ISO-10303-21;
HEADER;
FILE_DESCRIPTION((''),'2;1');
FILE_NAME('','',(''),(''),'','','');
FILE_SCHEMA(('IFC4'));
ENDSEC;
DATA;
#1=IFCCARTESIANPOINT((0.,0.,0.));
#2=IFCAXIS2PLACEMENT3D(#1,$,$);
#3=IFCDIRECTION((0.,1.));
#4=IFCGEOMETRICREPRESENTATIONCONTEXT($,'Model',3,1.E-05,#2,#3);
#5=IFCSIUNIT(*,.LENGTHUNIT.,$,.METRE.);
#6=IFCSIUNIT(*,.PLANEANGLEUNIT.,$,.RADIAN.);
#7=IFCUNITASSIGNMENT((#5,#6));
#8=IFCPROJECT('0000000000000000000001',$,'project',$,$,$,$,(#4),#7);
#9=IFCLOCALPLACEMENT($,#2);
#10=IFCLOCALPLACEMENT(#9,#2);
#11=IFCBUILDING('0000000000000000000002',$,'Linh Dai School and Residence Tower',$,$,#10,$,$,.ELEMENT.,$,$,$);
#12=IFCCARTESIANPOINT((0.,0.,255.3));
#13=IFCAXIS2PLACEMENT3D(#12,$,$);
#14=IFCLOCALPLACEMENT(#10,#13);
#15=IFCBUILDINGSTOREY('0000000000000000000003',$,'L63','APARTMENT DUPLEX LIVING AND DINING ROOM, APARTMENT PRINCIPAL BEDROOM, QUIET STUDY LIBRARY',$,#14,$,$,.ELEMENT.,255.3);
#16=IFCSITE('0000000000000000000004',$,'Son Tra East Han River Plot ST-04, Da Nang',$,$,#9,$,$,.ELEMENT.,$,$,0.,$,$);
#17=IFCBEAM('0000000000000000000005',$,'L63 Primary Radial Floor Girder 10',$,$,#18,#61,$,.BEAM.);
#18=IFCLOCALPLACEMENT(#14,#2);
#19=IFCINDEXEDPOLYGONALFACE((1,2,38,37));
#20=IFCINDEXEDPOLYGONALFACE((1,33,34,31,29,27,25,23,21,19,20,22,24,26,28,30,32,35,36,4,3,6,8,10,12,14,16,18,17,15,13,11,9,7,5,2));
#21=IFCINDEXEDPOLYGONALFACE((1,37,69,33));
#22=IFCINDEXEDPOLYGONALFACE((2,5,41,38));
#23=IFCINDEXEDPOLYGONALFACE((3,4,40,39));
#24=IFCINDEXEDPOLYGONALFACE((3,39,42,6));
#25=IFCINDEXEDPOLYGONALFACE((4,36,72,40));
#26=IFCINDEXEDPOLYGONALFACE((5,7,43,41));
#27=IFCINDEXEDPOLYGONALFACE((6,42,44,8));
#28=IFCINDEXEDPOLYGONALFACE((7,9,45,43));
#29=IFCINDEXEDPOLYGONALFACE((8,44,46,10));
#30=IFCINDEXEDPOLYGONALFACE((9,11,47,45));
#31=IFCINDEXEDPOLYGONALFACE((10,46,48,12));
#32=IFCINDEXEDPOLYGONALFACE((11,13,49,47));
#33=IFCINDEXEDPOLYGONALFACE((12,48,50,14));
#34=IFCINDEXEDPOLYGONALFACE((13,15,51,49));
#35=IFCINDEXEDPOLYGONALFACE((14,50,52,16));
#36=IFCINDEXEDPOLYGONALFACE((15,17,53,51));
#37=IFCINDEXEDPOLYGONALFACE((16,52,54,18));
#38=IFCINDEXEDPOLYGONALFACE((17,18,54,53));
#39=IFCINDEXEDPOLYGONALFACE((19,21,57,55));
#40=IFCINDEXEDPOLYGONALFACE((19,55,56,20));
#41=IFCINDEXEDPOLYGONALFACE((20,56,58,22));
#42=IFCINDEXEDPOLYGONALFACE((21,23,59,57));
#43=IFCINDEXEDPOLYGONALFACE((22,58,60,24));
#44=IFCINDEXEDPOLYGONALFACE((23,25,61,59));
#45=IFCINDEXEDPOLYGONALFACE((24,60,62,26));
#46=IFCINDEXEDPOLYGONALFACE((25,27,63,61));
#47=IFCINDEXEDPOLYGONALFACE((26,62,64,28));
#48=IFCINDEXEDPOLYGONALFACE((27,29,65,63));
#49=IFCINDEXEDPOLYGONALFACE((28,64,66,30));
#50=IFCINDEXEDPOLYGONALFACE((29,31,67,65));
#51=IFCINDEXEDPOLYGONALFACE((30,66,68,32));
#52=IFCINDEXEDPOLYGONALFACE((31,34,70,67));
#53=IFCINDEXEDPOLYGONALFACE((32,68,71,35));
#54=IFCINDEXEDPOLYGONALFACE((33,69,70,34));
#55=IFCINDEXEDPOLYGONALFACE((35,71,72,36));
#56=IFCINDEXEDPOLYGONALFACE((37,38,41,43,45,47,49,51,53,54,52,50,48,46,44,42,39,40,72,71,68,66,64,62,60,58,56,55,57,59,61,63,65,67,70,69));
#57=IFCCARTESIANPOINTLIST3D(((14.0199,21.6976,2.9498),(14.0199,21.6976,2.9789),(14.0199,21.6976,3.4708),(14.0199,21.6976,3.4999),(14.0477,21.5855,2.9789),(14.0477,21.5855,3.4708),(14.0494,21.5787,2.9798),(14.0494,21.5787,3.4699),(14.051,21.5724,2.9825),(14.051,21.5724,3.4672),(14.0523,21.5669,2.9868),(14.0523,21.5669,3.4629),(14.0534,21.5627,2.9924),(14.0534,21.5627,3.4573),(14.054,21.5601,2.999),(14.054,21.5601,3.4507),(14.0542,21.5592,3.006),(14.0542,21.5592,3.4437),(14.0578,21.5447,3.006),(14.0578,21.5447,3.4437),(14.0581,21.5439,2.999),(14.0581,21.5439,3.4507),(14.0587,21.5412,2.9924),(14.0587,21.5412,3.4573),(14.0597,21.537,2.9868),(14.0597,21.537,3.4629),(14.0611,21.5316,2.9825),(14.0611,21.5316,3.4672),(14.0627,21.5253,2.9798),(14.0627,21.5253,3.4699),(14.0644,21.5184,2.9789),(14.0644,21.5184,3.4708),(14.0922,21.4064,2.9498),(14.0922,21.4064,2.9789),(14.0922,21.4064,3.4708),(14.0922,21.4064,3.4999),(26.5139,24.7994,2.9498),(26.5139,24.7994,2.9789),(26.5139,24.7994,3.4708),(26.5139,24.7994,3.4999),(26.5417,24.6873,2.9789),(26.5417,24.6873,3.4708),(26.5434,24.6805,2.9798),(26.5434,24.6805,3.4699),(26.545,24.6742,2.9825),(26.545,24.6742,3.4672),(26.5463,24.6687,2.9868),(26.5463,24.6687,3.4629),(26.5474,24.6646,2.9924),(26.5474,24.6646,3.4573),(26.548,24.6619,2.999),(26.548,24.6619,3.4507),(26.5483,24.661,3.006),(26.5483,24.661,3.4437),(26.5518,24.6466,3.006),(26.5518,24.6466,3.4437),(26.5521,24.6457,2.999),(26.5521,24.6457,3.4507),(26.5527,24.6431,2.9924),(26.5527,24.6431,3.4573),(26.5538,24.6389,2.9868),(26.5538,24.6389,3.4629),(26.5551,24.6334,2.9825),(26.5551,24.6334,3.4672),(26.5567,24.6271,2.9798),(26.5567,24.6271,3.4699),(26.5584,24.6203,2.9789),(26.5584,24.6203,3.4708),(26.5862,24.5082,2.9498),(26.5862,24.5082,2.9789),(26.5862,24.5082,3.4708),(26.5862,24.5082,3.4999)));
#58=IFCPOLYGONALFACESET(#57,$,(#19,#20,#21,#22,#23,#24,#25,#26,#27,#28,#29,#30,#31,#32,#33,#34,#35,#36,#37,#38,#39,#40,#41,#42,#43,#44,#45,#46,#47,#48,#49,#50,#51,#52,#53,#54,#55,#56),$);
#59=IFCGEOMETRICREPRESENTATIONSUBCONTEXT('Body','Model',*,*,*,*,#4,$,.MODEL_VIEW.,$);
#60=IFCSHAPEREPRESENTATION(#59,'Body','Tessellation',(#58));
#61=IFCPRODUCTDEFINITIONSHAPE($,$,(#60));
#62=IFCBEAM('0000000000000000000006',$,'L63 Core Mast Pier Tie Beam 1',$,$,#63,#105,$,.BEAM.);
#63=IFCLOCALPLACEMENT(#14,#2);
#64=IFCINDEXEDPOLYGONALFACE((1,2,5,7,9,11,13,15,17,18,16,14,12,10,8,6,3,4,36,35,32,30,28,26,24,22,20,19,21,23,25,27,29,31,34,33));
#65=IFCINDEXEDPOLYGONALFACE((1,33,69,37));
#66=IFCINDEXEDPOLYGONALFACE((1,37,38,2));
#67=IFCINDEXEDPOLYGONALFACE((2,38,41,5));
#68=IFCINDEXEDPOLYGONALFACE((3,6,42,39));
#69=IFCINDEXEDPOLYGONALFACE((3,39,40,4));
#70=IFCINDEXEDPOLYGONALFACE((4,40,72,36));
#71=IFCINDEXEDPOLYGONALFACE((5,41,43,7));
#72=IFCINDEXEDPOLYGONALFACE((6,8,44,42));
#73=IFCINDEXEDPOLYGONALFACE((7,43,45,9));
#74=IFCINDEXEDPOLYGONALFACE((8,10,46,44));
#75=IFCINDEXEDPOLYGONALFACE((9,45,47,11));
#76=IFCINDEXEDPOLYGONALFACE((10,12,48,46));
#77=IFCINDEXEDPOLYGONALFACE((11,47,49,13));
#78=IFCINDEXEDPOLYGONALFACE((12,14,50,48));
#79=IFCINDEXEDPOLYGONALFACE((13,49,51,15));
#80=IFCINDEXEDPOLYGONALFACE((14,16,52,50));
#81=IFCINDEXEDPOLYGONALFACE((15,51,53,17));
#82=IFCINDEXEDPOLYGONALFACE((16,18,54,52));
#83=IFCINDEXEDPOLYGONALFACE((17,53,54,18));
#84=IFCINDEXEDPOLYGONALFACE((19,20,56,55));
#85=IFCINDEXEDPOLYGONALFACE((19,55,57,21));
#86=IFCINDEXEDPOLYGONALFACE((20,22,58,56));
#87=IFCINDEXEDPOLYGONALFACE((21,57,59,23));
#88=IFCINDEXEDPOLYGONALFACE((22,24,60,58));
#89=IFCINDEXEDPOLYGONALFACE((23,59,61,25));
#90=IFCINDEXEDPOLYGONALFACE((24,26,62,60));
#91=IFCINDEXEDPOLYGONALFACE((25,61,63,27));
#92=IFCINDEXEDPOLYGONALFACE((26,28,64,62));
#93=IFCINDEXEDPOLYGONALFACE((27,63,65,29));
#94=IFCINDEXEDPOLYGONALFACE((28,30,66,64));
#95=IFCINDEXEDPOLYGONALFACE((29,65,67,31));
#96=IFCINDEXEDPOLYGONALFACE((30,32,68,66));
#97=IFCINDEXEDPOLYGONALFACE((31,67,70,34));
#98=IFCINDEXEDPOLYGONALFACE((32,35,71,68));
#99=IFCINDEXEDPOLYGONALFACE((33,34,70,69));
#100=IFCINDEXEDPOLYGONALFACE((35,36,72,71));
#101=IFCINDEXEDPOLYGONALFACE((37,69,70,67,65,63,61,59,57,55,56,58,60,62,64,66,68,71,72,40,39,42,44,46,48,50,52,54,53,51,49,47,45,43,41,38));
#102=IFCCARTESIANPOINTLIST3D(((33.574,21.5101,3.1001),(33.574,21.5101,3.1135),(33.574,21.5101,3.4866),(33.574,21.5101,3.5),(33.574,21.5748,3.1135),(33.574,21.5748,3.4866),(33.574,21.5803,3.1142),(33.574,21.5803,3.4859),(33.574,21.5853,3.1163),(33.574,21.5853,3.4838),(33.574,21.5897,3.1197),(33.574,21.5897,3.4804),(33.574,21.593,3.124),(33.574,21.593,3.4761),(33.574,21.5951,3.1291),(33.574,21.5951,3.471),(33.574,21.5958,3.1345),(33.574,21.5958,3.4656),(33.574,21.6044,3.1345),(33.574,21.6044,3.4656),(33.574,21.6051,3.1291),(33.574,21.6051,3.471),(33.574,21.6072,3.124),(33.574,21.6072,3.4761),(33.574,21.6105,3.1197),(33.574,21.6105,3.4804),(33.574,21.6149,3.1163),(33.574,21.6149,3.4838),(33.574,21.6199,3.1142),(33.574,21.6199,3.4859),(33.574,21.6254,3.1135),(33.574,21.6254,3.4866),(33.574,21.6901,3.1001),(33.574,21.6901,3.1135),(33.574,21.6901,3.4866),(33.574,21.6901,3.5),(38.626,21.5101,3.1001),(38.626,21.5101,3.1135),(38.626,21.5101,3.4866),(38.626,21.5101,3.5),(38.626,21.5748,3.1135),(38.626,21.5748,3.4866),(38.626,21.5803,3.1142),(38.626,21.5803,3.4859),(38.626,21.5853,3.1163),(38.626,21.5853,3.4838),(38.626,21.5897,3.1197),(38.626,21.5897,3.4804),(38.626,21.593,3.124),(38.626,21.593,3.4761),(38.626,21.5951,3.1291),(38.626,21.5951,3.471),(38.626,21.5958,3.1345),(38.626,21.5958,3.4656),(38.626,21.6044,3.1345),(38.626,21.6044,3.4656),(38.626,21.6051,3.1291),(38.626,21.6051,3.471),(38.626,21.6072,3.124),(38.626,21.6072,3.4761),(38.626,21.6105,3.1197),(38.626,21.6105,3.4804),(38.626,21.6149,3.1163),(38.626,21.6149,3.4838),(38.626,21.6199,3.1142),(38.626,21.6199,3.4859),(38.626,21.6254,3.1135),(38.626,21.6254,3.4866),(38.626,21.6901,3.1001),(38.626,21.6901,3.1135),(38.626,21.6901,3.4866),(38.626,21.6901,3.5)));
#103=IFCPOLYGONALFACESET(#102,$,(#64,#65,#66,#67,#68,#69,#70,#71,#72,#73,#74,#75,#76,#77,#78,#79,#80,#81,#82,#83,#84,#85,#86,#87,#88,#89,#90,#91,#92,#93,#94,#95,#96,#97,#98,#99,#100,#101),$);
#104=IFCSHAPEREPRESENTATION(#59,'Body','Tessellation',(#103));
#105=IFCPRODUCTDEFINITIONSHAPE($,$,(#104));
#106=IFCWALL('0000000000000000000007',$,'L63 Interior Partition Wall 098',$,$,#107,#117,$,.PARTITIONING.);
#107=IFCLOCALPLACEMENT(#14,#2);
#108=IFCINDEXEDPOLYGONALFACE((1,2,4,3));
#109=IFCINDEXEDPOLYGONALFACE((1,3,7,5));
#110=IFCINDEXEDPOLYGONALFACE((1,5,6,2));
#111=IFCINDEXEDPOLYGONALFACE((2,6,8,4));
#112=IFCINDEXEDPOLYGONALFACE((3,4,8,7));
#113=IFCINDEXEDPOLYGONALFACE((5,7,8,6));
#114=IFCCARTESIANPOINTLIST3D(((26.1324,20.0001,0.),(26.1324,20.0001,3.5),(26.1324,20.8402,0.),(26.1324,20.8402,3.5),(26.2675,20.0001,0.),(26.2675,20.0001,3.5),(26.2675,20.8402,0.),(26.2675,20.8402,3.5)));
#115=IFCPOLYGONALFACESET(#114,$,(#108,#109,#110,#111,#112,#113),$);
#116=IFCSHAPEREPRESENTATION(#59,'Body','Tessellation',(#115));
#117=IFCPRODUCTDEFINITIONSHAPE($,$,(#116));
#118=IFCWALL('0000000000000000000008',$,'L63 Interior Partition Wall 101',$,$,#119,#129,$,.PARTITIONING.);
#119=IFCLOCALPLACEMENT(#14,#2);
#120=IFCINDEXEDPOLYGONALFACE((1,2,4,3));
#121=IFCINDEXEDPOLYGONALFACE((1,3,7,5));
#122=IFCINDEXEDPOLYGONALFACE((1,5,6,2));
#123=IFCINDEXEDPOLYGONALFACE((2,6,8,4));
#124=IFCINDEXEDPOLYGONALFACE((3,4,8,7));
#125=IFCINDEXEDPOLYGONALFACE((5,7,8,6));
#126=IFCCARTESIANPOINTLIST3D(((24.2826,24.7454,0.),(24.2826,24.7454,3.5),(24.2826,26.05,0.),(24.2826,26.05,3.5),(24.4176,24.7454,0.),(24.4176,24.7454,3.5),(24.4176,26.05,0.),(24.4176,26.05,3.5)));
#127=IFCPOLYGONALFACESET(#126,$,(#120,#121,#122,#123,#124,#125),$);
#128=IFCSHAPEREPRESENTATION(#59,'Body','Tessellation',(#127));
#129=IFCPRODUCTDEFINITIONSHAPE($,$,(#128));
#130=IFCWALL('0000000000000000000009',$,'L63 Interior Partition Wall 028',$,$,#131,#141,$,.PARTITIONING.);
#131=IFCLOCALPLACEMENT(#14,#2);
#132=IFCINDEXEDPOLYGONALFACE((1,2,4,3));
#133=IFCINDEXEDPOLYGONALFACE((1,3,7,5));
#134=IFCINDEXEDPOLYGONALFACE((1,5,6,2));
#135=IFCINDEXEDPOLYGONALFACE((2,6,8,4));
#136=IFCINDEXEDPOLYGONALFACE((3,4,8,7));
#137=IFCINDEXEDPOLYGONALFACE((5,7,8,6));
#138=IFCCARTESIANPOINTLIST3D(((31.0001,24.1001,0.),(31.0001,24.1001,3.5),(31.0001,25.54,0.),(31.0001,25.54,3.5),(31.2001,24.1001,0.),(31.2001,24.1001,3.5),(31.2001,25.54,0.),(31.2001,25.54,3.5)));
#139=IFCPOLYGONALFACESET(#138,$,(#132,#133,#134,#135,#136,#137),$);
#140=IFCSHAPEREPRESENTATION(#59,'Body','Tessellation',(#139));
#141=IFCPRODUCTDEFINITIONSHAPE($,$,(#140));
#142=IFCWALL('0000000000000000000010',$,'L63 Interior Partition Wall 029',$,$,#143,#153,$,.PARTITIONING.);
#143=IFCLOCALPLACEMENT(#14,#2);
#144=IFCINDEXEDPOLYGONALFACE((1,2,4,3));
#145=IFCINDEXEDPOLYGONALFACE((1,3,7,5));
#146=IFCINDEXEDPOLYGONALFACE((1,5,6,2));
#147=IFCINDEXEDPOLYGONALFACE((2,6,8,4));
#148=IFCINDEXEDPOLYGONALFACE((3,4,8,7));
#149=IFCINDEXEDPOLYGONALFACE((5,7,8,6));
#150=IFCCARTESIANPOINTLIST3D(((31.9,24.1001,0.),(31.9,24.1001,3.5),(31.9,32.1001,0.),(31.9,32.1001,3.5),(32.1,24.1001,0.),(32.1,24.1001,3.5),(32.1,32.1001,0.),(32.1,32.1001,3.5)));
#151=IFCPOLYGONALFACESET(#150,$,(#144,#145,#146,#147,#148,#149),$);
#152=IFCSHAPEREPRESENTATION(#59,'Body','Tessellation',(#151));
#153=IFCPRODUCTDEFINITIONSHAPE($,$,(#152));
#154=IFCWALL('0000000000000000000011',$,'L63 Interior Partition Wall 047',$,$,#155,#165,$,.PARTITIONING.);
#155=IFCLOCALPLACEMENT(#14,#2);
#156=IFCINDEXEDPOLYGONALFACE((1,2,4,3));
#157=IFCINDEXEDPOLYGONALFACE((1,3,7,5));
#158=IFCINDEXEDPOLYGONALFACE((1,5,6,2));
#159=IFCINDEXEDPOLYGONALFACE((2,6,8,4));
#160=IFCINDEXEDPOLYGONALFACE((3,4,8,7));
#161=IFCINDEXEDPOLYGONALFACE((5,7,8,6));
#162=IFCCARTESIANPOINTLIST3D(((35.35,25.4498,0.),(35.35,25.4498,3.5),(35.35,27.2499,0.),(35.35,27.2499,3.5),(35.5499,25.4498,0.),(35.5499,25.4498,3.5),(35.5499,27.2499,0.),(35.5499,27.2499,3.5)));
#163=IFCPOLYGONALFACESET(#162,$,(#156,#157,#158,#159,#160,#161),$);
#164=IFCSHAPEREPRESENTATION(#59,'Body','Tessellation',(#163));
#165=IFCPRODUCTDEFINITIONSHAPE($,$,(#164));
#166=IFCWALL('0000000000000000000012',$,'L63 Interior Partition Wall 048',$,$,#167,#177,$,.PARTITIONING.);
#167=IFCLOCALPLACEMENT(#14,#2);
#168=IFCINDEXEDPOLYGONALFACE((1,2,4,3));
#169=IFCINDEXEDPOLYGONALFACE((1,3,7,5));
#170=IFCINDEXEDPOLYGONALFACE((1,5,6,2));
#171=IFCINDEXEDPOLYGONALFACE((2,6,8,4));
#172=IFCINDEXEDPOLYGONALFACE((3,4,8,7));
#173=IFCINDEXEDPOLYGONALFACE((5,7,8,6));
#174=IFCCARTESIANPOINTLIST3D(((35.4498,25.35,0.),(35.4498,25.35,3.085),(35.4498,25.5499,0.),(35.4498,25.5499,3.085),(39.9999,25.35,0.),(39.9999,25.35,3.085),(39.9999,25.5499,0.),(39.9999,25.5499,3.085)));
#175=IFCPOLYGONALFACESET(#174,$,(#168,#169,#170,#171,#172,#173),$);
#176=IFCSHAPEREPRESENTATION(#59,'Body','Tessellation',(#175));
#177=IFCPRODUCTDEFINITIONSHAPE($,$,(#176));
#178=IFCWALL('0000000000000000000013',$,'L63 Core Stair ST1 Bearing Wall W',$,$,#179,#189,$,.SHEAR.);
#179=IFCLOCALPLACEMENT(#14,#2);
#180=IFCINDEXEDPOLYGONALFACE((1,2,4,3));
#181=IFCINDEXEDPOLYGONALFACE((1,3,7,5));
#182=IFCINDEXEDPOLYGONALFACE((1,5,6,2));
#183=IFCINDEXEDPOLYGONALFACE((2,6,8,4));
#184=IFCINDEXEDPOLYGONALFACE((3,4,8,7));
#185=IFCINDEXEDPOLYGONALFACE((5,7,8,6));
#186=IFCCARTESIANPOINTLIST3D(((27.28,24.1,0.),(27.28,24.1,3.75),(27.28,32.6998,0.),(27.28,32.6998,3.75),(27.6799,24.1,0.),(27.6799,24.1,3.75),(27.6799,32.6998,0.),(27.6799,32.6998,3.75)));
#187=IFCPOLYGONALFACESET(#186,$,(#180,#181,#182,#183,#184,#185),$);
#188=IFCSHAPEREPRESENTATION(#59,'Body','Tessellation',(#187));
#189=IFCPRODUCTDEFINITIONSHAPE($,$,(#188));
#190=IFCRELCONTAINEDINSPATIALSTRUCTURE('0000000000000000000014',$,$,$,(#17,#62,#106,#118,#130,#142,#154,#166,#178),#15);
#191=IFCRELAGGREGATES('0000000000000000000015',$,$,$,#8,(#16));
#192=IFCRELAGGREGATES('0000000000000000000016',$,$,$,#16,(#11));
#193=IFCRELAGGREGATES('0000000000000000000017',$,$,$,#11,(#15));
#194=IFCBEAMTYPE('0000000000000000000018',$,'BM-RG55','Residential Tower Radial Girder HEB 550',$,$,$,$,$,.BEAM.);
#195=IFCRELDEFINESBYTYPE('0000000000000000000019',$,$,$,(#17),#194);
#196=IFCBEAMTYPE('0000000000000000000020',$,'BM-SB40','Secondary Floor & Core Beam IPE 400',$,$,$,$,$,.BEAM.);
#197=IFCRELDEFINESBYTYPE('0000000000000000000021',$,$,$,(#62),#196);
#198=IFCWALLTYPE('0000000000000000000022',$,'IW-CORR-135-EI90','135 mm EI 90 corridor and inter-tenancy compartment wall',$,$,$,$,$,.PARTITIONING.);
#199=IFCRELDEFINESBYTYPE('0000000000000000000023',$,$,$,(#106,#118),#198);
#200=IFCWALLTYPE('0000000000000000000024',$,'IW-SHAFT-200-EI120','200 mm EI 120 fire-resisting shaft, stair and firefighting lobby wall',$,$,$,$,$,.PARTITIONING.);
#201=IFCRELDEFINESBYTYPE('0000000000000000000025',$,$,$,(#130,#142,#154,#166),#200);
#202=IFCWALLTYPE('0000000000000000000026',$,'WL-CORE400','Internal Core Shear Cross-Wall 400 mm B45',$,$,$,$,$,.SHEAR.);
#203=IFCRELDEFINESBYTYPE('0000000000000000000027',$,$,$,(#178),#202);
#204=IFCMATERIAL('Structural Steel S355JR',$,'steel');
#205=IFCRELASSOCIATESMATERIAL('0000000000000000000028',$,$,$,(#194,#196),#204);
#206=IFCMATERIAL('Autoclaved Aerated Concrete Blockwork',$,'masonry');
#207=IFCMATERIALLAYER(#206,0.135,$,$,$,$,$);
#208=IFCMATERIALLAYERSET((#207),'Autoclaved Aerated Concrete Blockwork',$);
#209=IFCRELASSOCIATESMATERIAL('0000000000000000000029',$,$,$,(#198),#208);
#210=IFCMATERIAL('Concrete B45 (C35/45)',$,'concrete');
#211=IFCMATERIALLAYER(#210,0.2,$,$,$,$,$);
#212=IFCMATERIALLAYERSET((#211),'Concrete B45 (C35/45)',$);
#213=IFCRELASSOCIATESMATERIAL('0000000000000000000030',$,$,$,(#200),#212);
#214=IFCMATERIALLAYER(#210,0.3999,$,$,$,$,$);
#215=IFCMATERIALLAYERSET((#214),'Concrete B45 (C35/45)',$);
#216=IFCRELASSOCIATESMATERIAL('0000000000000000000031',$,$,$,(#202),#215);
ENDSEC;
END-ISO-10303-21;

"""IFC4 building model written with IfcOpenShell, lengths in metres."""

from ifc_helpers import new_model, si_unit, direction, frame, frame_2d, origin, origin_2d, place, context, subcontext, project, spatial, rectangle, i_section, extrude, material, layer, layer_set, material_profile, profile_set, type_object, element, save


model = new_model("IFC4")

# Units and contexts
model_context = context("Model", 3, precision=1e-05, world=origin(), true_north=direction((0.0, 1.0)))
body_context = subcontext(model_context, "Body", "Model", "MODEL_VIEW")
ifc_project = project(units=[si_unit("LENGTHUNIT", "METRE"), si_unit("PLANEANGLEUNIT", "RADIAN")], contexts=[model_context])

# Site, building, storey
site_placement = place(None, origin())
site = spatial("IfcSite", under=ifc_project, at=site_placement, Name="Son Tra East Han River Plot ST-04, Da Nang", CompositionType="ELEMENT", RefElevation=0.0)
building_placement = place(site_placement, origin())
building = spatial("IfcBuilding", under=site, at=building_placement, Name="Linh Dai School and Residence Tower", CompositionType="ELEMENT")
storey_placement = place(building_placement, frame((0.0, 0.0, 255.3)))
storey = spatial("IfcBuildingStorey", under=building, at=storey_placement, Name="L63", Description="APARTMENT DUPLEX LIVING AND DINING ROOM, APARTMENT PRINCIPAL BEDROOM, QUIET STUDY LIBRARY", CompositionType="ELEMENT", Elevation=255.3)

# Shared definitions
ifc_material_1 = material(Name="Structural Steel S355JR", Category="steel")

# Beams
ifc_material_profile_1 = material_profile(ifc_material_1, i_section(OverallWidth=0.3, OverallDepth=0.55, WebThickness=0.0149, FlangeThickness=0.0291, FilletRadius=0.0271, at=origin_2d()), Name="HEB 550")
ifc_profile_set_1 = profile_set([ifc_material_profile_1], Name="Structural Steel S355JR")
beam_type_1 = type_object("IfcBeamType", Name="BM-RG55", Description="Residential Tower Radial Girder HEB 550", PredefinedType="BEAM", material=ifc_profile_set_1)
beam_1_placement = place(storey_placement, frame((26.55, 24.6538, 3.2249), z_axis=(-0.970537, -0.240951, 0.0), x_axis=(0.240951, -0.970537, 0.0)))
element("IfcBeam", 1, at=beam_1_placement, inside=storey, type_object=beam_type_1, Name="L63 Primary Radial Floor Girder 10", PredefinedType="BEAM", context=body_context, shape_type="SweptSolid", body=[
    extrude(i_section(OverallWidth=0.3, OverallDepth=0.55, WebThickness=0.0149, FlangeThickness=0.0291, FilletRadius=0.0271, at=origin_2d()), origin(), (0.0, 0.0, 1.0), 12.8733),
])
ifc_material_profile_2 = material_profile(ifc_material_1, i_section(OverallWidth=0.1799, OverallDepth=0.3999, WebThickness=0.0085, FlangeThickness=0.0134, FilletRadius=0.021, at=origin_2d()), Name="IPE 400")
ifc_profile_set_2 = profile_set([ifc_material_profile_2], Name="Structural Steel S355JR")
beam_type_2 = type_object("IfcBeamType", Name="BM-SB40", Description="Secondary Floor & Core Beam IPE 400", PredefinedType="BEAM", material=ifc_profile_set_2)
beam_2_placement = place(storey_placement, frame((33.574, 21.6001, 3.3), z_axis=(1.0, 0.0, 0.0), x_axis=(0.0, 1.0, 0.0)))
element("IfcBeam", 2, at=beam_2_placement, inside=storey, type_object=beam_type_2, Name="L63 Core Mast Pier Tie Beam 1", PredefinedType="BEAM", context=body_context, shape_type="SweptSolid", body=[
    extrude(i_section(OverallWidth=0.1799, OverallDepth=0.3999, WebThickness=0.0085, FlangeThickness=0.0134, FilletRadius=0.021, at=origin_2d()), origin(), (0.0, 0.0, 1.0), 5.052),
])

# Shared definitions
ifc_material_2 = material(Name="Autoclaved Aerated Concrete Blockwork", Category="masonry")
ifc_layer_1 = layer(ifc_material_2, 0.135)
ifc_layer_set_1 = layer_set([ifc_layer_1], Name="Autoclaved Aerated Concrete Blockwork")
wall_type_1 = type_object("IfcWallType", Name="IW-CORR-135-EI90", Description="135 mm EI 90 corridor and inter-tenancy compartment wall", PredefinedType="PARTITIONING", material=ifc_layer_set_1)

# Walls
wall_1_placement = place(storey_placement, frame((26.2, 20.8401, 0.0), z_axis=(0.0, 0.0, 1.0), x_axis=(0.0, -1.0, 0.0)))
element("IfcWall", 3, at=wall_1_placement, inside=storey, type_object=wall_type_1, Name="L63 Interior Partition Wall 098", PredefinedType="PARTITIONING", context=body_context, shape_type="SweptSolid", body=[
    extrude(rectangle(XDim=0.8401, YDim=0.135, at=frame_2d((0.4199, 0.0))), origin(), (0.0, 0.0, 1.0), 3.5),
])
wall_2_placement = place(storey_placement, frame((24.3501, 24.7454, 0.0), z_axis=(0.0, 0.0, 1.0), x_axis=(0.0, 1.0, 0.0)))
element("IfcWall", 4, at=wall_2_placement, inside=storey, type_object=wall_type_1, Name="L63 Interior Partition Wall 101", PredefinedType="PARTITIONING", context=body_context, shape_type="SweptSolid", body=[
    extrude(rectangle(XDim=1.3047, YDim=0.135, at=frame_2d((0.6523, 0.0))), origin(), (0.0, 0.0, 1.0), 3.5),
])

# Shared definitions
ifc_material_3 = material(Name="Concrete B45 (C35/45)", Category="concrete")
ifc_layer_2 = layer(ifc_material_3, 0.2)
ifc_layer_set_2 = layer_set([ifc_layer_2], Name="Concrete B45 (C35/45)")
wall_type_2 = type_object("IfcWallType", Name="IW-SHAFT-200-EI120", Description="200 mm EI 120 fire-resisting shaft, stair and firefighting lobby wall", PredefinedType="PARTITIONING", material=ifc_layer_set_2)

# Walls
wall_3_placement = place(storey_placement, frame((31.1001, 24.1001, 0.0), z_axis=(0.0, 0.0, 1.0), x_axis=(0.0, 1.0, 0.0)))
element("IfcWall", 5, at=wall_3_placement, inside=storey, type_object=wall_type_2, Name="L63 Interior Partition Wall 028", PredefinedType="PARTITIONING", context=body_context, shape_type="SweptSolid", body=[
    extrude(rectangle(XDim=1.4399, YDim=0.2, at=frame_2d((0.72, 0.0))), origin(), (0.0, 0.0, 1.0), 3.5),
])
wall_4_placement = place(storey_placement, frame((32.0, 24.1001, 0.0), z_axis=(0.0, 0.0, 1.0), x_axis=(0.0, 1.0, 0.0)))
element("IfcWall", 6, at=wall_4_placement, inside=storey, type_object=wall_type_2, Name="L63 Interior Partition Wall 029", PredefinedType="PARTITIONING", context=body_context, shape_type="SweptSolid", body=[
    extrude(rectangle(XDim=8.0, YDim=0.2, at=frame_2d((4.0, 0.0))), origin(), (0.0, 0.0, 1.0), 3.5),
])

# Walls
wall_5_placement = place(storey_placement, frame((35.45, 25.45, 0.0), z_axis=(0.0, 0.0, 1.0), x_axis=(0.0, 1.0, 0.0)))
element("IfcWall", 7, at=wall_5_placement, inside=storey, type_object=wall_type_2, Name="L63 Interior Partition Wall 047", PredefinedType="PARTITIONING", context=body_context, shape_type="SweptSolid", body=[
    extrude(rectangle(XDim=1.8, YDim=0.2, at=frame_2d((0.8999, 0.0))), origin(), (0.0, 0.0, 1.0), 3.5),
])
wall_6_placement = place(storey_placement, frame((35.45, 25.45, 0.0), z_axis=(0.0, 0.0, 1.0), x_axis=(1.0, 0.0, 0.0)))
element("IfcWall", 8, at=wall_6_placement, inside=storey, type_object=wall_type_2, Name="L63 Interior Partition Wall 048", PredefinedType="PARTITIONING", context=body_context, shape_type="SweptSolid", body=[
    extrude(rectangle(XDim=4.55, YDim=0.2, at=frame_2d((2.2749, 0.0))), origin(), (0.0, 0.0, 1.0), 3.085),
])
ifc_layer_3 = layer(ifc_material_3, 0.3999)
ifc_layer_set_3 = layer_set([ifc_layer_3], Name="Concrete B45 (C35/45)")
wall_type_3 = type_object("IfcWallType", Name="WL-CORE400", Description="Internal Core Shear Cross-Wall 400 mm B45", PredefinedType="SHEAR", material=ifc_layer_set_3)
wall_7_placement = place(storey_placement, frame((27.48, 24.1001, 0.0), z_axis=(0.0, 0.0, 1.0), x_axis=(0.0, 1.0, 0.0)))
element("IfcWall", 9, at=wall_7_placement, inside=storey, type_object=wall_type_3, Name="L63 Core Stair ST1 Bearing Wall W", PredefinedType="SHEAR", context=body_context, shape_type="SweptSolid", body=[
    extrude(rectangle(XDim=8.5999, YDim=0.3999, at=frame_2d((4.2998, 0.0))), origin(), (0.0, 0.0, 1.0), 3.75),
])

save(model, "model.ifc")
